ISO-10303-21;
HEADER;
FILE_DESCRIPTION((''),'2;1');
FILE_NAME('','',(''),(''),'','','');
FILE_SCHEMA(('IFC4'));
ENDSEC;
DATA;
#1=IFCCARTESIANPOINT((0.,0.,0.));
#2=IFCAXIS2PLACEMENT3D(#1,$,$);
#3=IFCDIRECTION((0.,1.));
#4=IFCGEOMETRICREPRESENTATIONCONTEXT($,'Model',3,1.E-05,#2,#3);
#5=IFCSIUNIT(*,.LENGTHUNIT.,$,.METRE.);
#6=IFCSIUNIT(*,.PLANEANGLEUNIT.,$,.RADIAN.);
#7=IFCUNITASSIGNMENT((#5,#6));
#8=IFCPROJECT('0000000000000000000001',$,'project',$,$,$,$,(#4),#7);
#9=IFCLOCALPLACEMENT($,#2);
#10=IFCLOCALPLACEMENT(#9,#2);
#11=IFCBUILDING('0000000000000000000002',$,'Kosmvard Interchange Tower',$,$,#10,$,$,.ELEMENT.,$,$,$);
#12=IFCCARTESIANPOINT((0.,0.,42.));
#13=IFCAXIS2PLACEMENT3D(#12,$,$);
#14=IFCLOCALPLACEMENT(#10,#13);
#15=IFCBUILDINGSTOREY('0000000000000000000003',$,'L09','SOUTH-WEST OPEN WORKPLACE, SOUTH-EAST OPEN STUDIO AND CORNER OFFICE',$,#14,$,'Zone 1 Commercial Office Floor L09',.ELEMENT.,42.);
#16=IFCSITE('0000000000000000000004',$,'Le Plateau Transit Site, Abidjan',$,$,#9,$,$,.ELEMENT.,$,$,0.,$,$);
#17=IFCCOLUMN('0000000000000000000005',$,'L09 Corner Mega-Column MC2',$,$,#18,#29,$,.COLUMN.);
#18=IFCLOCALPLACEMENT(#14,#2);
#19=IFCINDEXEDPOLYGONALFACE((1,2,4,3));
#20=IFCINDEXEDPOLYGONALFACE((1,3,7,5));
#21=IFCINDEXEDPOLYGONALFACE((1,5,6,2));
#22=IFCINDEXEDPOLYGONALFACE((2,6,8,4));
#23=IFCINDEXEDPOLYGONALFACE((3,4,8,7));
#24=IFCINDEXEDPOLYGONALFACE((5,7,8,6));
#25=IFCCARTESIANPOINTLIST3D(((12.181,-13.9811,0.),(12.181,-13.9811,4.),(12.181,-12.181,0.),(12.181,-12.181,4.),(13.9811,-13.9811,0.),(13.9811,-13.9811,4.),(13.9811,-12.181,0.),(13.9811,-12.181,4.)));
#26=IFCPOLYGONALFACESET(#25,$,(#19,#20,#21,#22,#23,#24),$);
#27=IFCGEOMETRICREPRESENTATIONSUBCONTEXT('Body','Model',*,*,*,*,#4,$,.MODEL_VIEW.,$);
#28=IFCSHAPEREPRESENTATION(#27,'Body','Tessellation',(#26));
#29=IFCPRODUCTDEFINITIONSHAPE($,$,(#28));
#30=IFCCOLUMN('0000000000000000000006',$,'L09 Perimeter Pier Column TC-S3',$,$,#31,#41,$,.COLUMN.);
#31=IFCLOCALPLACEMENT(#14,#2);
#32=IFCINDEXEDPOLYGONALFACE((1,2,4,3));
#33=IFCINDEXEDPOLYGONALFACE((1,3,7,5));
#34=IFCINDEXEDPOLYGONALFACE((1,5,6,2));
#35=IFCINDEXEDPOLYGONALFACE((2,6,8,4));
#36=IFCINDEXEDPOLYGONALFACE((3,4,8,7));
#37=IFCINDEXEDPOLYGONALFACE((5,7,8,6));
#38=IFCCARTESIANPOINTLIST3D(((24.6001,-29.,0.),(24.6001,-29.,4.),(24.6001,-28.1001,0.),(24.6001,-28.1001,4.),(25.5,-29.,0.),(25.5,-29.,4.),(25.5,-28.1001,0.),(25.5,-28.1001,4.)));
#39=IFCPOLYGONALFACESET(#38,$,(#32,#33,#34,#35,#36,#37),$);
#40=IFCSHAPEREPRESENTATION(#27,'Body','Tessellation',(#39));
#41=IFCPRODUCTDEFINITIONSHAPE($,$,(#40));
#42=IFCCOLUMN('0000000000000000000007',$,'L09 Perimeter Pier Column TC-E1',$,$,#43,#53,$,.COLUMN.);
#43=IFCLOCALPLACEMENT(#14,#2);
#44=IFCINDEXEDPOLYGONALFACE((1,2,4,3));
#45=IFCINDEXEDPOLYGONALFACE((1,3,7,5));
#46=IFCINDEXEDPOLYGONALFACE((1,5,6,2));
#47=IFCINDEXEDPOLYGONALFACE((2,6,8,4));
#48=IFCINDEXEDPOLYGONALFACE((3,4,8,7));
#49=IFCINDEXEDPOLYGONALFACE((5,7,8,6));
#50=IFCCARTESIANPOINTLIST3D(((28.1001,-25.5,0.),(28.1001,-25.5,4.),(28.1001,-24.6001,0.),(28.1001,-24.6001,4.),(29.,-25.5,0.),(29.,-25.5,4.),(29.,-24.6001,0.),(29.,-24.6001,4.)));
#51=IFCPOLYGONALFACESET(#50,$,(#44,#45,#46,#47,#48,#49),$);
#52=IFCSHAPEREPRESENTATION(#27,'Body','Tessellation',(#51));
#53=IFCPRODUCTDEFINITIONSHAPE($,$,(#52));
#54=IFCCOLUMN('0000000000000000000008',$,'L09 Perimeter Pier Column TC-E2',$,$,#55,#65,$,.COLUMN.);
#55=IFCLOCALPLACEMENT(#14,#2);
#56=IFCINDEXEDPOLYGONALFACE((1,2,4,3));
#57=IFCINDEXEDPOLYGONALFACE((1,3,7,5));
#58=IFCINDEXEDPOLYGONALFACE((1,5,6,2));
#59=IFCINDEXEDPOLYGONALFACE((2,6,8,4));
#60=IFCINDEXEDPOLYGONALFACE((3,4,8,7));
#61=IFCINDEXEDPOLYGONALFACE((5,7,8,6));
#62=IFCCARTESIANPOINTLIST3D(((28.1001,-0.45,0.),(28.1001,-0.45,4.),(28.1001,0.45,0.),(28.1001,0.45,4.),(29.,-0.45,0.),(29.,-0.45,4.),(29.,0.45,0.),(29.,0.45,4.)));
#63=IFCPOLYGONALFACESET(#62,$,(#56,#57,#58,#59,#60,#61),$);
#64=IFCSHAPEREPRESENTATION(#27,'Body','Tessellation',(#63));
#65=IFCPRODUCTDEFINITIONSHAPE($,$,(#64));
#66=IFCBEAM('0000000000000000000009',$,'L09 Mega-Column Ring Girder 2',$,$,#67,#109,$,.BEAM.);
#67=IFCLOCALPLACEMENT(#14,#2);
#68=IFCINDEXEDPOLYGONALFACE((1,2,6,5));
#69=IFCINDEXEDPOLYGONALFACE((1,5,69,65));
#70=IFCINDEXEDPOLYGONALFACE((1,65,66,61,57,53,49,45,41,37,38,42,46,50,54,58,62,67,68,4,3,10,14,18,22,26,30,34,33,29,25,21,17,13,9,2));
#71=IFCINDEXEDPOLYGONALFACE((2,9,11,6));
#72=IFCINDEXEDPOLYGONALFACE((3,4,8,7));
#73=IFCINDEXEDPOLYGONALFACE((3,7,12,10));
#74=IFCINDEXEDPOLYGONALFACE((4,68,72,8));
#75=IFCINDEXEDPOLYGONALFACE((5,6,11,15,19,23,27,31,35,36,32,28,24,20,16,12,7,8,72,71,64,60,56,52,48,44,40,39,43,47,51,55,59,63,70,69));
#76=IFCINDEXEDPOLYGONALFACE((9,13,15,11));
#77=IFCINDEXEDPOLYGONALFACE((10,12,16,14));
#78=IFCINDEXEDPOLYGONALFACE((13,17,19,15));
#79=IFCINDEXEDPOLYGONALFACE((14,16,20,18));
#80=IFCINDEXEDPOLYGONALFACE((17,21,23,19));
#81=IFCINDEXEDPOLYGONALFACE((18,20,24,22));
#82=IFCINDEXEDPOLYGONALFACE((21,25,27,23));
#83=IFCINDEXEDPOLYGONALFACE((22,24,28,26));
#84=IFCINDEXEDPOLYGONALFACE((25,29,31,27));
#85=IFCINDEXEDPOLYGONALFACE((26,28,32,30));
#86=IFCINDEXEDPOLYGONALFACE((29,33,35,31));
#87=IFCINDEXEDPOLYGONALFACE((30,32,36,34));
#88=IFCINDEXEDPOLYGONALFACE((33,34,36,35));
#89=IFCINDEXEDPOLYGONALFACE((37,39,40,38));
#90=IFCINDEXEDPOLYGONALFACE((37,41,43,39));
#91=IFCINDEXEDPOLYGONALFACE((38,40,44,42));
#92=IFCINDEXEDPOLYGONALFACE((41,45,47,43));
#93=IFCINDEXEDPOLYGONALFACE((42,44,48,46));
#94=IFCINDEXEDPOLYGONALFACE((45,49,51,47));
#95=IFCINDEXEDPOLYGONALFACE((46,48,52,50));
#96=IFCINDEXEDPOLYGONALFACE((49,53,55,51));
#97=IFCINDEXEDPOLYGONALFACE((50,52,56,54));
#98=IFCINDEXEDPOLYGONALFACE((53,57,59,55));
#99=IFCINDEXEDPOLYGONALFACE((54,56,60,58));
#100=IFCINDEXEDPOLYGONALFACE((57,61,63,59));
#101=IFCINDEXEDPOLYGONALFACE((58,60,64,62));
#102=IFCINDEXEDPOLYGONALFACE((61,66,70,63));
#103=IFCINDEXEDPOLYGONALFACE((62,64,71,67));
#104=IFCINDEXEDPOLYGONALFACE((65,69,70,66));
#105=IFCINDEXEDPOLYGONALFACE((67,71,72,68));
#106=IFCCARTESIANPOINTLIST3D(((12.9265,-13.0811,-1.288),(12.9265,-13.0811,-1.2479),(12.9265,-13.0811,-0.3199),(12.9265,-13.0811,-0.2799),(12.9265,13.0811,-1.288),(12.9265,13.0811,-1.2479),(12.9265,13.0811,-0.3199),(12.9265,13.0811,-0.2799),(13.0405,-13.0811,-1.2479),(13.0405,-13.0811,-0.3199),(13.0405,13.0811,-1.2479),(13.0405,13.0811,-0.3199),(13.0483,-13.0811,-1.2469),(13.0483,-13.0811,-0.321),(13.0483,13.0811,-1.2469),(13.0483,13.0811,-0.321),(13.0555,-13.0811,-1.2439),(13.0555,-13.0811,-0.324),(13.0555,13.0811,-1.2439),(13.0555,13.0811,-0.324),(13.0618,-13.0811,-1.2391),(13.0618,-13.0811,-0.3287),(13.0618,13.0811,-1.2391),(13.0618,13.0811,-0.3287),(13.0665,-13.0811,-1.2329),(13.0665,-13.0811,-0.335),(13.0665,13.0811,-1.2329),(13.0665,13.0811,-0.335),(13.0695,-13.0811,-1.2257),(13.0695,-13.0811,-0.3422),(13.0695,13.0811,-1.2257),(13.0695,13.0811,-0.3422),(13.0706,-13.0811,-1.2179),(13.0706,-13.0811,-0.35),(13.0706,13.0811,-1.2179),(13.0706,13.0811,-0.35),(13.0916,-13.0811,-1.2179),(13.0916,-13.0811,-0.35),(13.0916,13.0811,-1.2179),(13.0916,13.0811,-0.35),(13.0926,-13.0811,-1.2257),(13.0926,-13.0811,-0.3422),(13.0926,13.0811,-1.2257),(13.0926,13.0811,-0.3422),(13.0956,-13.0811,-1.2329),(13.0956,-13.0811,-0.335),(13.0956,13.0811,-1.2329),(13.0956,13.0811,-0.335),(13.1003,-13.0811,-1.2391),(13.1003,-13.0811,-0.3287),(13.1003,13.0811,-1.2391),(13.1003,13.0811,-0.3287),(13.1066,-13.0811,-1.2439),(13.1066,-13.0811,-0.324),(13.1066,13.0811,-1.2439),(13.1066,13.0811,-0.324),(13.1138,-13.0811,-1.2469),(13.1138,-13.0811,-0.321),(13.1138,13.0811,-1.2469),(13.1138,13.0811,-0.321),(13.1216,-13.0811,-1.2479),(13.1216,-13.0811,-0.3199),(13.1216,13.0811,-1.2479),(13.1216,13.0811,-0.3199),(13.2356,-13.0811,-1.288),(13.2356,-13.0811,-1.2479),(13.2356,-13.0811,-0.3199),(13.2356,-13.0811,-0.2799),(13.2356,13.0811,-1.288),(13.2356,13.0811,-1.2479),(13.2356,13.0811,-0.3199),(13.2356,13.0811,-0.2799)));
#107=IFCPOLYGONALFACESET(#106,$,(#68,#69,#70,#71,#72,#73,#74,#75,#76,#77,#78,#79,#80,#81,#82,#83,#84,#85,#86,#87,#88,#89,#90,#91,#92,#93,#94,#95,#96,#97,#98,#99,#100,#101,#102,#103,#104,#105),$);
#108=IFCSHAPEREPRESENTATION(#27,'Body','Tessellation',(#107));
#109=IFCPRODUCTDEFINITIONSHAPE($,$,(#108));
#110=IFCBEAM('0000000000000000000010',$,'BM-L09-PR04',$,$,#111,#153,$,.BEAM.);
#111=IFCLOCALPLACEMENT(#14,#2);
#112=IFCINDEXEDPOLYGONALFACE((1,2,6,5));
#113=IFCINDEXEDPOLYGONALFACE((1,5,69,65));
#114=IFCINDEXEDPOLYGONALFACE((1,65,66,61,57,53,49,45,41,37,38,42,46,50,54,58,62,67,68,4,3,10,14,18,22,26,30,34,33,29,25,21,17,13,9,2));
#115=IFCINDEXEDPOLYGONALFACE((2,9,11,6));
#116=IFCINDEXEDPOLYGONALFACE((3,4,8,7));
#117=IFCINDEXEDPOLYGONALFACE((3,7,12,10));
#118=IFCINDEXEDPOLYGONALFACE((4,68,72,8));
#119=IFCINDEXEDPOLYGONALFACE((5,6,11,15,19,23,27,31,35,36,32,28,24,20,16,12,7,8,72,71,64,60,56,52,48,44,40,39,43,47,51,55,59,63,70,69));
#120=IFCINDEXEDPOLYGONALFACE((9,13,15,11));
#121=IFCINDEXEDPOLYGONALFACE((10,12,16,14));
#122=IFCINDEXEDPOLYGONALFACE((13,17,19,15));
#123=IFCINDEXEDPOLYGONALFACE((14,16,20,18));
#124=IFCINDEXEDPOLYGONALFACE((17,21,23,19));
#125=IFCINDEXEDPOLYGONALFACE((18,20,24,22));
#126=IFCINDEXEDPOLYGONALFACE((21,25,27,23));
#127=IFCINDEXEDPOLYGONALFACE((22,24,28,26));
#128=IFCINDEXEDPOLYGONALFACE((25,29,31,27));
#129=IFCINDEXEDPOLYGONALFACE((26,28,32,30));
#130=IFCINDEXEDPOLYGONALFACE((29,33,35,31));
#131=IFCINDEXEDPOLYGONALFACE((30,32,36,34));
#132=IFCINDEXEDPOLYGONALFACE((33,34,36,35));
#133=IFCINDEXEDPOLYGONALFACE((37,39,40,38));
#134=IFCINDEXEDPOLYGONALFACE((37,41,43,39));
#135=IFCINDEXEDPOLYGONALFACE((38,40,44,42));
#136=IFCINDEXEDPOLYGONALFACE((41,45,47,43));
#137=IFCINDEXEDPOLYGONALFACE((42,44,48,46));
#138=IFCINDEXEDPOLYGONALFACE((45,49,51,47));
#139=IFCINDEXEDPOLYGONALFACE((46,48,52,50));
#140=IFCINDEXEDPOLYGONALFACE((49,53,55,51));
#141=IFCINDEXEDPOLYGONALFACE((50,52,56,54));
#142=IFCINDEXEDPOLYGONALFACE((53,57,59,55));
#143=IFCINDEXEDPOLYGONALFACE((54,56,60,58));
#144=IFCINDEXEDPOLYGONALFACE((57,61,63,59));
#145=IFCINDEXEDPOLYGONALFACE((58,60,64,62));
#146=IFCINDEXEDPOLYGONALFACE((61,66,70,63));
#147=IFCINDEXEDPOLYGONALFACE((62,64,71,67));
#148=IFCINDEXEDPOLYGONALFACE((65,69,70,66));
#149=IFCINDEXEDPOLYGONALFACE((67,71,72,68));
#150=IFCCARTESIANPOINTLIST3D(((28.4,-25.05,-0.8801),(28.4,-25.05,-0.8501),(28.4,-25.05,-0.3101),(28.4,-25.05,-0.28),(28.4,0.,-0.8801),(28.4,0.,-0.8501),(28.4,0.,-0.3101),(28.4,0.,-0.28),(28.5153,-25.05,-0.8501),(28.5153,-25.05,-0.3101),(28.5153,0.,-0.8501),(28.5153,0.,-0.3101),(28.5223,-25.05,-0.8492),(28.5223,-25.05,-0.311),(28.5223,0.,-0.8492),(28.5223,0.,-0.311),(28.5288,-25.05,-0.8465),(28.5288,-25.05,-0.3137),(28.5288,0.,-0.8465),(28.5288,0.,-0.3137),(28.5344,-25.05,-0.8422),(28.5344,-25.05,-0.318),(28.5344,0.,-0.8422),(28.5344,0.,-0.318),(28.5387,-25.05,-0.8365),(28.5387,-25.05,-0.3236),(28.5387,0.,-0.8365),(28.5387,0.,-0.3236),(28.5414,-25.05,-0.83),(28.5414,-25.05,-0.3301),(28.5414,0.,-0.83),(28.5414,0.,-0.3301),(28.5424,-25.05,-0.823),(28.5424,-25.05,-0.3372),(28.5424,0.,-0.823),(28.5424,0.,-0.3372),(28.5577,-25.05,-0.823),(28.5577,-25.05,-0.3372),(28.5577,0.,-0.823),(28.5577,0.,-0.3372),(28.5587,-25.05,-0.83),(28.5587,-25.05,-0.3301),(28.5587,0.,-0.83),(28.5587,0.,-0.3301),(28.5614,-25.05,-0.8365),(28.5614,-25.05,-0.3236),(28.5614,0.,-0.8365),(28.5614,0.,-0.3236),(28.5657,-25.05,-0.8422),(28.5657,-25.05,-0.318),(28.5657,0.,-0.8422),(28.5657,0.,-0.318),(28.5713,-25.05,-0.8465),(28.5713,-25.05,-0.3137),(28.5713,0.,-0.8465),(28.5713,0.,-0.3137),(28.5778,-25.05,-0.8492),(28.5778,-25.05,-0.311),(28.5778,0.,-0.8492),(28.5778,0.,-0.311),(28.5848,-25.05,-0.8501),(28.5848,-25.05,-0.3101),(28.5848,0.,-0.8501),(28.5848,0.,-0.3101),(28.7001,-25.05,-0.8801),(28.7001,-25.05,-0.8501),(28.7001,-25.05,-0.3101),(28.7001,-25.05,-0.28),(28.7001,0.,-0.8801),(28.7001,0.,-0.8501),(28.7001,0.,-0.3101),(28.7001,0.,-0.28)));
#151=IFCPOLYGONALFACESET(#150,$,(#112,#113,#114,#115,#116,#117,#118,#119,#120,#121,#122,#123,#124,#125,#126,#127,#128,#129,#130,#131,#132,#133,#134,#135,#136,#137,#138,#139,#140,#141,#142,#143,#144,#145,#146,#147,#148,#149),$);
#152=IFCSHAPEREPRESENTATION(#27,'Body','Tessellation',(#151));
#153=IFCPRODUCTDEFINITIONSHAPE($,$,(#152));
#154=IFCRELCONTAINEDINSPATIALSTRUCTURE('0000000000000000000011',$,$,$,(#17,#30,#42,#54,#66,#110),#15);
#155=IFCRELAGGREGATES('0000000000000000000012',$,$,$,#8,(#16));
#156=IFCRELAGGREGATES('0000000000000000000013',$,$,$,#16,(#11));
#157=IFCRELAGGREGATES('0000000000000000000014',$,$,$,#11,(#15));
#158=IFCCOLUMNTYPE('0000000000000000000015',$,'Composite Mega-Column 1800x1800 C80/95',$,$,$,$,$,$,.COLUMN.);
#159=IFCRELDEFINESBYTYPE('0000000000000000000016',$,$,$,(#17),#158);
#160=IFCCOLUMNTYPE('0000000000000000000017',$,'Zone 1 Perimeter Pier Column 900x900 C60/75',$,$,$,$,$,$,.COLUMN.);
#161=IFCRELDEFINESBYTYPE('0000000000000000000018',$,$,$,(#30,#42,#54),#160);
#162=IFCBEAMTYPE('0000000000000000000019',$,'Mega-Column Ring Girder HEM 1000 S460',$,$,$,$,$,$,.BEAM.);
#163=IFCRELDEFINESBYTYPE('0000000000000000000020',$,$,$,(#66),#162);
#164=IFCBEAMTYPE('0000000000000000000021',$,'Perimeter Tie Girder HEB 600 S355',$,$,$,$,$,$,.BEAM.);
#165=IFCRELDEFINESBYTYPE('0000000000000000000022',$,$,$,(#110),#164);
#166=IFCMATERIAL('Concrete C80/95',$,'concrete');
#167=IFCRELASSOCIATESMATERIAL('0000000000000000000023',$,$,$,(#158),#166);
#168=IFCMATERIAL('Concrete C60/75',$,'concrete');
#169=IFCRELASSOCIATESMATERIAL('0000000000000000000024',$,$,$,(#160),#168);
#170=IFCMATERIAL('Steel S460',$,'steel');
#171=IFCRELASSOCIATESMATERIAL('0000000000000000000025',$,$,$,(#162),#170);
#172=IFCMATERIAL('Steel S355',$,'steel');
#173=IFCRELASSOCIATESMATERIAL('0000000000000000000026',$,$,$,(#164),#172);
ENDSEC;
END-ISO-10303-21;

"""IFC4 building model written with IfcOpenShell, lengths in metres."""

from ifc_helpers import new_model, si_unit, direction, frame, origin, origin_2d, place, context, subcontext, project, spatial, rectangle, i_section, extrude, source, transform, mapped, material, material_profile, profile_set, type_object, element, save


model = new_model("IFC4")

# Units and contexts
model_context = context("Model", 3, precision=1e-05, world=origin(), true_north=direction((0.0, 1.0)))
body_context = subcontext(model_context, "Body", "Model", "MODEL_VIEW")
ifc_project = project(units=[si_unit("LENGTHUNIT", "METRE"), si_unit("PLANEANGLEUNIT", "RADIAN")], contexts=[model_context])

# Site, building, storey
site_placement = place(None, origin())
site = spatial("IfcSite", under=ifc_project, at=site_placement, Name="Le Plateau Transit Site, Abidjan", CompositionType="ELEMENT", RefElevation=0.0)
building_placement = place(site_placement, origin())
building = spatial("IfcBuilding", under=site, at=building_placement, Name="Kosmvard Interchange Tower", CompositionType="ELEMENT")
storey_placement = place(building_placement, frame((0.0, 0.0, 42.0)))
storey = spatial("IfcBuildingStorey", under=building, at=storey_placement, Name="L09", Description="SOUTH-WEST OPEN WORKPLACE, SOUTH-EAST OPEN STUDIO AND CORNER OFFICE", LongName="Zone 1 Commercial Office Floor L09", CompositionType="ELEMENT", Elevation=42.0)

# Columns
ifc_material_1 = material(Name="Concrete C80/95", Category="concrete")
ifc_material_profile_1 = material_profile(ifc_material_1, rectangle(XDim=1.8, YDim=1.8, at=origin_2d()), Name="MC 1800x1800")
ifc_profile_set_1 = profile_set([ifc_material_profile_1], Name="Concrete C80/95")
column_type_1 = type_object("IfcColumnType", Name="Composite Mega-Column 1800x1800 C80/95", PredefinedType="COLUMN", material=ifc_profile_set_1)
shared_shape_1 = source(origin(), body_context, "Body", "SweptSolid", [
    extrude(rectangle(XDim=1.8, YDim=1.8, at=origin_2d()), origin(), (0.0, 0.0, 1.0), 4.0),
])
column_placement = place(storey_placement, frame((13.0811, -13.0811, 0.0), z_axis=(0.0, 0.0, 1.0), x_axis=(1.0, 0.0, 0.0)))
element("IfcColumn", 1, at=column_placement, inside=storey, type_object=column_type_1, Name="L09 Corner Mega-Column MC2", PredefinedType="COLUMN", context=body_context, shape_type="MappedRepresentation", body=[
    mapped(shared_shape_1, transform((0.0, 0.0, 0.0), scale=1.0)),
])
ifc_material_2 = material(Name="Concrete C60/75", Category="concrete")
ifc_material_profile_2 = material_profile(ifc_material_2, rectangle(XDim=0.8999, YDim=0.8999, at=origin_2d()), Name="TC 900x900")
ifc_profile_set_2 = profile_set([ifc_material_profile_2], Name="Concrete C60/75")
column_type_2 = type_object("IfcColumnType", Name="Zone 1 Perimeter Pier Column 900x900 C60/75", PredefinedType="COLUMN", material=ifc_profile_set_2)
shared_shape_2 = source(origin(), body_context, "Body", "SweptSolid", [
    extrude(rectangle(XDim=0.8999, YDim=0.8999, at=origin_2d()), origin(), (0.0, 0.0, 1.0), 4.0),
])
for number, where, z_axis, x_axis, name in (
    (2, (25.05, -28.55, 0.0), (0.0, 0.0, 1.0), (1.0, 0.0, 0.0), "L09 Perimeter Pier Column TC-S3"),
    (3, (28.55, -25.05, 0.0), (0.0, 0.0, 1.0), (1.0, 0.0, 0.0), "L09 Perimeter Pier Column TC-E1"),
    (4, (28.55, 0.0, 0.0), (0.0, 0.0, 1.0), (1.0, 0.0, 0.0), "L09 Perimeter Pier Column TC-E2"),
):
    element("IfcColumn", number, at=place(storey_placement, frame(where, z_axis=z_axis, x_axis=x_axis)), inside=storey, type_object=column_type_2, Name=name, PredefinedType="COLUMN", context=body_context, shape_type="MappedRepresentation", body=[
        mapped(shared_shape_2, transform((0.0, 0.0, 0.0), scale=1.0)),
    ])

# Beams
ifc_material_3 = material(Name="Steel S460", Category="steel")
ifc_material_profile_3 = material_profile(ifc_material_3, i_section(OverallWidth=0.3091, OverallDepth=1.0081, WebThickness=0.021, FlangeThickness=0.04, FilletRadius=0.03, at=origin_2d()), Name="HEM 1000")
ifc_profile_set_3 = profile_set([ifc_material_profile_3], Name="Steel S460")
beam_type_1 = type_object("IfcBeamType", Name="Mega-Column Ring Girder HEM 1000 S460", PredefinedType="BEAM", material=ifc_profile_set_3)
shared_shape_3 = source(origin(), body_context, "Body", "SweptSolid", [
    extrude(i_section(OverallWidth=0.3091, OverallDepth=1.0081, WebThickness=0.021, FlangeThickness=0.04, FilletRadius=0.03, at=origin_2d()), origin(), (0.0, 0.0, 1.0), 26.1621),
])
beam_1_placement = place(storey_placement, frame((13.0811, -13.0811, -0.7839), z_axis=(0.0, 1.0, 0.0), x_axis=(-1.0, 0.0, 0.0)))
element("IfcBeam", 5, at=beam_1_placement, inside=storey, type_object=beam_type_1, Name="L09 Mega-Column Ring Girder 2", PredefinedType="BEAM", context=body_context, shape_type="MappedRepresentation", body=[
    mapped(shared_shape_3, transform((0.0, 0.0, 0.0), scale=1.0)),
])
ifc_material_4 = material(Name="Steel S355", Category="steel")
ifc_material_profile_4 = material_profile(ifc_material_4, i_section(OverallWidth=0.3, OverallDepth=0.6001, WebThickness=0.0154, FlangeThickness=0.03, FilletRadius=0.0271, at=origin_2d()), Name="HEB 600")
ifc_profile_set_4 = profile_set([ifc_material_profile_4], Name="Steel S355")
beam_type_2 = type_object("IfcBeamType", Name="Perimeter Tie Girder HEB 600 S355", PredefinedType="BEAM", material=ifc_profile_set_4)
shared_shape_4 = source(origin(), body_context, "Body", "SweptSolid", [
    extrude(i_section(OverallWidth=0.3, OverallDepth=0.6001, WebThickness=0.0154, FlangeThickness=0.03, FilletRadius=0.0271, at=origin_2d()), origin(), (0.0, 0.0, 1.0), 25.05),
])
for number, where, z_axis, x_axis, name in (
    (6, (28.55, -25.05, -0.5801), (0.0, 1.0, 0.0), (-1.0, 0.0, 0.0), "BM-L09-PR04"),
):
    element("IfcBeam", number, at=place(storey_placement, frame(where, z_axis=z_axis, x_axis=x_axis)), inside=storey, type_object=beam_type_2, Name=name, PredefinedType="BEAM", context=body_context, shape_type="MappedRepresentation", body=[
        mapped(shared_shape_4, transform((0.0, 0.0, 0.0), scale=1.0)),
    ])

save(model, "model.ifc")
